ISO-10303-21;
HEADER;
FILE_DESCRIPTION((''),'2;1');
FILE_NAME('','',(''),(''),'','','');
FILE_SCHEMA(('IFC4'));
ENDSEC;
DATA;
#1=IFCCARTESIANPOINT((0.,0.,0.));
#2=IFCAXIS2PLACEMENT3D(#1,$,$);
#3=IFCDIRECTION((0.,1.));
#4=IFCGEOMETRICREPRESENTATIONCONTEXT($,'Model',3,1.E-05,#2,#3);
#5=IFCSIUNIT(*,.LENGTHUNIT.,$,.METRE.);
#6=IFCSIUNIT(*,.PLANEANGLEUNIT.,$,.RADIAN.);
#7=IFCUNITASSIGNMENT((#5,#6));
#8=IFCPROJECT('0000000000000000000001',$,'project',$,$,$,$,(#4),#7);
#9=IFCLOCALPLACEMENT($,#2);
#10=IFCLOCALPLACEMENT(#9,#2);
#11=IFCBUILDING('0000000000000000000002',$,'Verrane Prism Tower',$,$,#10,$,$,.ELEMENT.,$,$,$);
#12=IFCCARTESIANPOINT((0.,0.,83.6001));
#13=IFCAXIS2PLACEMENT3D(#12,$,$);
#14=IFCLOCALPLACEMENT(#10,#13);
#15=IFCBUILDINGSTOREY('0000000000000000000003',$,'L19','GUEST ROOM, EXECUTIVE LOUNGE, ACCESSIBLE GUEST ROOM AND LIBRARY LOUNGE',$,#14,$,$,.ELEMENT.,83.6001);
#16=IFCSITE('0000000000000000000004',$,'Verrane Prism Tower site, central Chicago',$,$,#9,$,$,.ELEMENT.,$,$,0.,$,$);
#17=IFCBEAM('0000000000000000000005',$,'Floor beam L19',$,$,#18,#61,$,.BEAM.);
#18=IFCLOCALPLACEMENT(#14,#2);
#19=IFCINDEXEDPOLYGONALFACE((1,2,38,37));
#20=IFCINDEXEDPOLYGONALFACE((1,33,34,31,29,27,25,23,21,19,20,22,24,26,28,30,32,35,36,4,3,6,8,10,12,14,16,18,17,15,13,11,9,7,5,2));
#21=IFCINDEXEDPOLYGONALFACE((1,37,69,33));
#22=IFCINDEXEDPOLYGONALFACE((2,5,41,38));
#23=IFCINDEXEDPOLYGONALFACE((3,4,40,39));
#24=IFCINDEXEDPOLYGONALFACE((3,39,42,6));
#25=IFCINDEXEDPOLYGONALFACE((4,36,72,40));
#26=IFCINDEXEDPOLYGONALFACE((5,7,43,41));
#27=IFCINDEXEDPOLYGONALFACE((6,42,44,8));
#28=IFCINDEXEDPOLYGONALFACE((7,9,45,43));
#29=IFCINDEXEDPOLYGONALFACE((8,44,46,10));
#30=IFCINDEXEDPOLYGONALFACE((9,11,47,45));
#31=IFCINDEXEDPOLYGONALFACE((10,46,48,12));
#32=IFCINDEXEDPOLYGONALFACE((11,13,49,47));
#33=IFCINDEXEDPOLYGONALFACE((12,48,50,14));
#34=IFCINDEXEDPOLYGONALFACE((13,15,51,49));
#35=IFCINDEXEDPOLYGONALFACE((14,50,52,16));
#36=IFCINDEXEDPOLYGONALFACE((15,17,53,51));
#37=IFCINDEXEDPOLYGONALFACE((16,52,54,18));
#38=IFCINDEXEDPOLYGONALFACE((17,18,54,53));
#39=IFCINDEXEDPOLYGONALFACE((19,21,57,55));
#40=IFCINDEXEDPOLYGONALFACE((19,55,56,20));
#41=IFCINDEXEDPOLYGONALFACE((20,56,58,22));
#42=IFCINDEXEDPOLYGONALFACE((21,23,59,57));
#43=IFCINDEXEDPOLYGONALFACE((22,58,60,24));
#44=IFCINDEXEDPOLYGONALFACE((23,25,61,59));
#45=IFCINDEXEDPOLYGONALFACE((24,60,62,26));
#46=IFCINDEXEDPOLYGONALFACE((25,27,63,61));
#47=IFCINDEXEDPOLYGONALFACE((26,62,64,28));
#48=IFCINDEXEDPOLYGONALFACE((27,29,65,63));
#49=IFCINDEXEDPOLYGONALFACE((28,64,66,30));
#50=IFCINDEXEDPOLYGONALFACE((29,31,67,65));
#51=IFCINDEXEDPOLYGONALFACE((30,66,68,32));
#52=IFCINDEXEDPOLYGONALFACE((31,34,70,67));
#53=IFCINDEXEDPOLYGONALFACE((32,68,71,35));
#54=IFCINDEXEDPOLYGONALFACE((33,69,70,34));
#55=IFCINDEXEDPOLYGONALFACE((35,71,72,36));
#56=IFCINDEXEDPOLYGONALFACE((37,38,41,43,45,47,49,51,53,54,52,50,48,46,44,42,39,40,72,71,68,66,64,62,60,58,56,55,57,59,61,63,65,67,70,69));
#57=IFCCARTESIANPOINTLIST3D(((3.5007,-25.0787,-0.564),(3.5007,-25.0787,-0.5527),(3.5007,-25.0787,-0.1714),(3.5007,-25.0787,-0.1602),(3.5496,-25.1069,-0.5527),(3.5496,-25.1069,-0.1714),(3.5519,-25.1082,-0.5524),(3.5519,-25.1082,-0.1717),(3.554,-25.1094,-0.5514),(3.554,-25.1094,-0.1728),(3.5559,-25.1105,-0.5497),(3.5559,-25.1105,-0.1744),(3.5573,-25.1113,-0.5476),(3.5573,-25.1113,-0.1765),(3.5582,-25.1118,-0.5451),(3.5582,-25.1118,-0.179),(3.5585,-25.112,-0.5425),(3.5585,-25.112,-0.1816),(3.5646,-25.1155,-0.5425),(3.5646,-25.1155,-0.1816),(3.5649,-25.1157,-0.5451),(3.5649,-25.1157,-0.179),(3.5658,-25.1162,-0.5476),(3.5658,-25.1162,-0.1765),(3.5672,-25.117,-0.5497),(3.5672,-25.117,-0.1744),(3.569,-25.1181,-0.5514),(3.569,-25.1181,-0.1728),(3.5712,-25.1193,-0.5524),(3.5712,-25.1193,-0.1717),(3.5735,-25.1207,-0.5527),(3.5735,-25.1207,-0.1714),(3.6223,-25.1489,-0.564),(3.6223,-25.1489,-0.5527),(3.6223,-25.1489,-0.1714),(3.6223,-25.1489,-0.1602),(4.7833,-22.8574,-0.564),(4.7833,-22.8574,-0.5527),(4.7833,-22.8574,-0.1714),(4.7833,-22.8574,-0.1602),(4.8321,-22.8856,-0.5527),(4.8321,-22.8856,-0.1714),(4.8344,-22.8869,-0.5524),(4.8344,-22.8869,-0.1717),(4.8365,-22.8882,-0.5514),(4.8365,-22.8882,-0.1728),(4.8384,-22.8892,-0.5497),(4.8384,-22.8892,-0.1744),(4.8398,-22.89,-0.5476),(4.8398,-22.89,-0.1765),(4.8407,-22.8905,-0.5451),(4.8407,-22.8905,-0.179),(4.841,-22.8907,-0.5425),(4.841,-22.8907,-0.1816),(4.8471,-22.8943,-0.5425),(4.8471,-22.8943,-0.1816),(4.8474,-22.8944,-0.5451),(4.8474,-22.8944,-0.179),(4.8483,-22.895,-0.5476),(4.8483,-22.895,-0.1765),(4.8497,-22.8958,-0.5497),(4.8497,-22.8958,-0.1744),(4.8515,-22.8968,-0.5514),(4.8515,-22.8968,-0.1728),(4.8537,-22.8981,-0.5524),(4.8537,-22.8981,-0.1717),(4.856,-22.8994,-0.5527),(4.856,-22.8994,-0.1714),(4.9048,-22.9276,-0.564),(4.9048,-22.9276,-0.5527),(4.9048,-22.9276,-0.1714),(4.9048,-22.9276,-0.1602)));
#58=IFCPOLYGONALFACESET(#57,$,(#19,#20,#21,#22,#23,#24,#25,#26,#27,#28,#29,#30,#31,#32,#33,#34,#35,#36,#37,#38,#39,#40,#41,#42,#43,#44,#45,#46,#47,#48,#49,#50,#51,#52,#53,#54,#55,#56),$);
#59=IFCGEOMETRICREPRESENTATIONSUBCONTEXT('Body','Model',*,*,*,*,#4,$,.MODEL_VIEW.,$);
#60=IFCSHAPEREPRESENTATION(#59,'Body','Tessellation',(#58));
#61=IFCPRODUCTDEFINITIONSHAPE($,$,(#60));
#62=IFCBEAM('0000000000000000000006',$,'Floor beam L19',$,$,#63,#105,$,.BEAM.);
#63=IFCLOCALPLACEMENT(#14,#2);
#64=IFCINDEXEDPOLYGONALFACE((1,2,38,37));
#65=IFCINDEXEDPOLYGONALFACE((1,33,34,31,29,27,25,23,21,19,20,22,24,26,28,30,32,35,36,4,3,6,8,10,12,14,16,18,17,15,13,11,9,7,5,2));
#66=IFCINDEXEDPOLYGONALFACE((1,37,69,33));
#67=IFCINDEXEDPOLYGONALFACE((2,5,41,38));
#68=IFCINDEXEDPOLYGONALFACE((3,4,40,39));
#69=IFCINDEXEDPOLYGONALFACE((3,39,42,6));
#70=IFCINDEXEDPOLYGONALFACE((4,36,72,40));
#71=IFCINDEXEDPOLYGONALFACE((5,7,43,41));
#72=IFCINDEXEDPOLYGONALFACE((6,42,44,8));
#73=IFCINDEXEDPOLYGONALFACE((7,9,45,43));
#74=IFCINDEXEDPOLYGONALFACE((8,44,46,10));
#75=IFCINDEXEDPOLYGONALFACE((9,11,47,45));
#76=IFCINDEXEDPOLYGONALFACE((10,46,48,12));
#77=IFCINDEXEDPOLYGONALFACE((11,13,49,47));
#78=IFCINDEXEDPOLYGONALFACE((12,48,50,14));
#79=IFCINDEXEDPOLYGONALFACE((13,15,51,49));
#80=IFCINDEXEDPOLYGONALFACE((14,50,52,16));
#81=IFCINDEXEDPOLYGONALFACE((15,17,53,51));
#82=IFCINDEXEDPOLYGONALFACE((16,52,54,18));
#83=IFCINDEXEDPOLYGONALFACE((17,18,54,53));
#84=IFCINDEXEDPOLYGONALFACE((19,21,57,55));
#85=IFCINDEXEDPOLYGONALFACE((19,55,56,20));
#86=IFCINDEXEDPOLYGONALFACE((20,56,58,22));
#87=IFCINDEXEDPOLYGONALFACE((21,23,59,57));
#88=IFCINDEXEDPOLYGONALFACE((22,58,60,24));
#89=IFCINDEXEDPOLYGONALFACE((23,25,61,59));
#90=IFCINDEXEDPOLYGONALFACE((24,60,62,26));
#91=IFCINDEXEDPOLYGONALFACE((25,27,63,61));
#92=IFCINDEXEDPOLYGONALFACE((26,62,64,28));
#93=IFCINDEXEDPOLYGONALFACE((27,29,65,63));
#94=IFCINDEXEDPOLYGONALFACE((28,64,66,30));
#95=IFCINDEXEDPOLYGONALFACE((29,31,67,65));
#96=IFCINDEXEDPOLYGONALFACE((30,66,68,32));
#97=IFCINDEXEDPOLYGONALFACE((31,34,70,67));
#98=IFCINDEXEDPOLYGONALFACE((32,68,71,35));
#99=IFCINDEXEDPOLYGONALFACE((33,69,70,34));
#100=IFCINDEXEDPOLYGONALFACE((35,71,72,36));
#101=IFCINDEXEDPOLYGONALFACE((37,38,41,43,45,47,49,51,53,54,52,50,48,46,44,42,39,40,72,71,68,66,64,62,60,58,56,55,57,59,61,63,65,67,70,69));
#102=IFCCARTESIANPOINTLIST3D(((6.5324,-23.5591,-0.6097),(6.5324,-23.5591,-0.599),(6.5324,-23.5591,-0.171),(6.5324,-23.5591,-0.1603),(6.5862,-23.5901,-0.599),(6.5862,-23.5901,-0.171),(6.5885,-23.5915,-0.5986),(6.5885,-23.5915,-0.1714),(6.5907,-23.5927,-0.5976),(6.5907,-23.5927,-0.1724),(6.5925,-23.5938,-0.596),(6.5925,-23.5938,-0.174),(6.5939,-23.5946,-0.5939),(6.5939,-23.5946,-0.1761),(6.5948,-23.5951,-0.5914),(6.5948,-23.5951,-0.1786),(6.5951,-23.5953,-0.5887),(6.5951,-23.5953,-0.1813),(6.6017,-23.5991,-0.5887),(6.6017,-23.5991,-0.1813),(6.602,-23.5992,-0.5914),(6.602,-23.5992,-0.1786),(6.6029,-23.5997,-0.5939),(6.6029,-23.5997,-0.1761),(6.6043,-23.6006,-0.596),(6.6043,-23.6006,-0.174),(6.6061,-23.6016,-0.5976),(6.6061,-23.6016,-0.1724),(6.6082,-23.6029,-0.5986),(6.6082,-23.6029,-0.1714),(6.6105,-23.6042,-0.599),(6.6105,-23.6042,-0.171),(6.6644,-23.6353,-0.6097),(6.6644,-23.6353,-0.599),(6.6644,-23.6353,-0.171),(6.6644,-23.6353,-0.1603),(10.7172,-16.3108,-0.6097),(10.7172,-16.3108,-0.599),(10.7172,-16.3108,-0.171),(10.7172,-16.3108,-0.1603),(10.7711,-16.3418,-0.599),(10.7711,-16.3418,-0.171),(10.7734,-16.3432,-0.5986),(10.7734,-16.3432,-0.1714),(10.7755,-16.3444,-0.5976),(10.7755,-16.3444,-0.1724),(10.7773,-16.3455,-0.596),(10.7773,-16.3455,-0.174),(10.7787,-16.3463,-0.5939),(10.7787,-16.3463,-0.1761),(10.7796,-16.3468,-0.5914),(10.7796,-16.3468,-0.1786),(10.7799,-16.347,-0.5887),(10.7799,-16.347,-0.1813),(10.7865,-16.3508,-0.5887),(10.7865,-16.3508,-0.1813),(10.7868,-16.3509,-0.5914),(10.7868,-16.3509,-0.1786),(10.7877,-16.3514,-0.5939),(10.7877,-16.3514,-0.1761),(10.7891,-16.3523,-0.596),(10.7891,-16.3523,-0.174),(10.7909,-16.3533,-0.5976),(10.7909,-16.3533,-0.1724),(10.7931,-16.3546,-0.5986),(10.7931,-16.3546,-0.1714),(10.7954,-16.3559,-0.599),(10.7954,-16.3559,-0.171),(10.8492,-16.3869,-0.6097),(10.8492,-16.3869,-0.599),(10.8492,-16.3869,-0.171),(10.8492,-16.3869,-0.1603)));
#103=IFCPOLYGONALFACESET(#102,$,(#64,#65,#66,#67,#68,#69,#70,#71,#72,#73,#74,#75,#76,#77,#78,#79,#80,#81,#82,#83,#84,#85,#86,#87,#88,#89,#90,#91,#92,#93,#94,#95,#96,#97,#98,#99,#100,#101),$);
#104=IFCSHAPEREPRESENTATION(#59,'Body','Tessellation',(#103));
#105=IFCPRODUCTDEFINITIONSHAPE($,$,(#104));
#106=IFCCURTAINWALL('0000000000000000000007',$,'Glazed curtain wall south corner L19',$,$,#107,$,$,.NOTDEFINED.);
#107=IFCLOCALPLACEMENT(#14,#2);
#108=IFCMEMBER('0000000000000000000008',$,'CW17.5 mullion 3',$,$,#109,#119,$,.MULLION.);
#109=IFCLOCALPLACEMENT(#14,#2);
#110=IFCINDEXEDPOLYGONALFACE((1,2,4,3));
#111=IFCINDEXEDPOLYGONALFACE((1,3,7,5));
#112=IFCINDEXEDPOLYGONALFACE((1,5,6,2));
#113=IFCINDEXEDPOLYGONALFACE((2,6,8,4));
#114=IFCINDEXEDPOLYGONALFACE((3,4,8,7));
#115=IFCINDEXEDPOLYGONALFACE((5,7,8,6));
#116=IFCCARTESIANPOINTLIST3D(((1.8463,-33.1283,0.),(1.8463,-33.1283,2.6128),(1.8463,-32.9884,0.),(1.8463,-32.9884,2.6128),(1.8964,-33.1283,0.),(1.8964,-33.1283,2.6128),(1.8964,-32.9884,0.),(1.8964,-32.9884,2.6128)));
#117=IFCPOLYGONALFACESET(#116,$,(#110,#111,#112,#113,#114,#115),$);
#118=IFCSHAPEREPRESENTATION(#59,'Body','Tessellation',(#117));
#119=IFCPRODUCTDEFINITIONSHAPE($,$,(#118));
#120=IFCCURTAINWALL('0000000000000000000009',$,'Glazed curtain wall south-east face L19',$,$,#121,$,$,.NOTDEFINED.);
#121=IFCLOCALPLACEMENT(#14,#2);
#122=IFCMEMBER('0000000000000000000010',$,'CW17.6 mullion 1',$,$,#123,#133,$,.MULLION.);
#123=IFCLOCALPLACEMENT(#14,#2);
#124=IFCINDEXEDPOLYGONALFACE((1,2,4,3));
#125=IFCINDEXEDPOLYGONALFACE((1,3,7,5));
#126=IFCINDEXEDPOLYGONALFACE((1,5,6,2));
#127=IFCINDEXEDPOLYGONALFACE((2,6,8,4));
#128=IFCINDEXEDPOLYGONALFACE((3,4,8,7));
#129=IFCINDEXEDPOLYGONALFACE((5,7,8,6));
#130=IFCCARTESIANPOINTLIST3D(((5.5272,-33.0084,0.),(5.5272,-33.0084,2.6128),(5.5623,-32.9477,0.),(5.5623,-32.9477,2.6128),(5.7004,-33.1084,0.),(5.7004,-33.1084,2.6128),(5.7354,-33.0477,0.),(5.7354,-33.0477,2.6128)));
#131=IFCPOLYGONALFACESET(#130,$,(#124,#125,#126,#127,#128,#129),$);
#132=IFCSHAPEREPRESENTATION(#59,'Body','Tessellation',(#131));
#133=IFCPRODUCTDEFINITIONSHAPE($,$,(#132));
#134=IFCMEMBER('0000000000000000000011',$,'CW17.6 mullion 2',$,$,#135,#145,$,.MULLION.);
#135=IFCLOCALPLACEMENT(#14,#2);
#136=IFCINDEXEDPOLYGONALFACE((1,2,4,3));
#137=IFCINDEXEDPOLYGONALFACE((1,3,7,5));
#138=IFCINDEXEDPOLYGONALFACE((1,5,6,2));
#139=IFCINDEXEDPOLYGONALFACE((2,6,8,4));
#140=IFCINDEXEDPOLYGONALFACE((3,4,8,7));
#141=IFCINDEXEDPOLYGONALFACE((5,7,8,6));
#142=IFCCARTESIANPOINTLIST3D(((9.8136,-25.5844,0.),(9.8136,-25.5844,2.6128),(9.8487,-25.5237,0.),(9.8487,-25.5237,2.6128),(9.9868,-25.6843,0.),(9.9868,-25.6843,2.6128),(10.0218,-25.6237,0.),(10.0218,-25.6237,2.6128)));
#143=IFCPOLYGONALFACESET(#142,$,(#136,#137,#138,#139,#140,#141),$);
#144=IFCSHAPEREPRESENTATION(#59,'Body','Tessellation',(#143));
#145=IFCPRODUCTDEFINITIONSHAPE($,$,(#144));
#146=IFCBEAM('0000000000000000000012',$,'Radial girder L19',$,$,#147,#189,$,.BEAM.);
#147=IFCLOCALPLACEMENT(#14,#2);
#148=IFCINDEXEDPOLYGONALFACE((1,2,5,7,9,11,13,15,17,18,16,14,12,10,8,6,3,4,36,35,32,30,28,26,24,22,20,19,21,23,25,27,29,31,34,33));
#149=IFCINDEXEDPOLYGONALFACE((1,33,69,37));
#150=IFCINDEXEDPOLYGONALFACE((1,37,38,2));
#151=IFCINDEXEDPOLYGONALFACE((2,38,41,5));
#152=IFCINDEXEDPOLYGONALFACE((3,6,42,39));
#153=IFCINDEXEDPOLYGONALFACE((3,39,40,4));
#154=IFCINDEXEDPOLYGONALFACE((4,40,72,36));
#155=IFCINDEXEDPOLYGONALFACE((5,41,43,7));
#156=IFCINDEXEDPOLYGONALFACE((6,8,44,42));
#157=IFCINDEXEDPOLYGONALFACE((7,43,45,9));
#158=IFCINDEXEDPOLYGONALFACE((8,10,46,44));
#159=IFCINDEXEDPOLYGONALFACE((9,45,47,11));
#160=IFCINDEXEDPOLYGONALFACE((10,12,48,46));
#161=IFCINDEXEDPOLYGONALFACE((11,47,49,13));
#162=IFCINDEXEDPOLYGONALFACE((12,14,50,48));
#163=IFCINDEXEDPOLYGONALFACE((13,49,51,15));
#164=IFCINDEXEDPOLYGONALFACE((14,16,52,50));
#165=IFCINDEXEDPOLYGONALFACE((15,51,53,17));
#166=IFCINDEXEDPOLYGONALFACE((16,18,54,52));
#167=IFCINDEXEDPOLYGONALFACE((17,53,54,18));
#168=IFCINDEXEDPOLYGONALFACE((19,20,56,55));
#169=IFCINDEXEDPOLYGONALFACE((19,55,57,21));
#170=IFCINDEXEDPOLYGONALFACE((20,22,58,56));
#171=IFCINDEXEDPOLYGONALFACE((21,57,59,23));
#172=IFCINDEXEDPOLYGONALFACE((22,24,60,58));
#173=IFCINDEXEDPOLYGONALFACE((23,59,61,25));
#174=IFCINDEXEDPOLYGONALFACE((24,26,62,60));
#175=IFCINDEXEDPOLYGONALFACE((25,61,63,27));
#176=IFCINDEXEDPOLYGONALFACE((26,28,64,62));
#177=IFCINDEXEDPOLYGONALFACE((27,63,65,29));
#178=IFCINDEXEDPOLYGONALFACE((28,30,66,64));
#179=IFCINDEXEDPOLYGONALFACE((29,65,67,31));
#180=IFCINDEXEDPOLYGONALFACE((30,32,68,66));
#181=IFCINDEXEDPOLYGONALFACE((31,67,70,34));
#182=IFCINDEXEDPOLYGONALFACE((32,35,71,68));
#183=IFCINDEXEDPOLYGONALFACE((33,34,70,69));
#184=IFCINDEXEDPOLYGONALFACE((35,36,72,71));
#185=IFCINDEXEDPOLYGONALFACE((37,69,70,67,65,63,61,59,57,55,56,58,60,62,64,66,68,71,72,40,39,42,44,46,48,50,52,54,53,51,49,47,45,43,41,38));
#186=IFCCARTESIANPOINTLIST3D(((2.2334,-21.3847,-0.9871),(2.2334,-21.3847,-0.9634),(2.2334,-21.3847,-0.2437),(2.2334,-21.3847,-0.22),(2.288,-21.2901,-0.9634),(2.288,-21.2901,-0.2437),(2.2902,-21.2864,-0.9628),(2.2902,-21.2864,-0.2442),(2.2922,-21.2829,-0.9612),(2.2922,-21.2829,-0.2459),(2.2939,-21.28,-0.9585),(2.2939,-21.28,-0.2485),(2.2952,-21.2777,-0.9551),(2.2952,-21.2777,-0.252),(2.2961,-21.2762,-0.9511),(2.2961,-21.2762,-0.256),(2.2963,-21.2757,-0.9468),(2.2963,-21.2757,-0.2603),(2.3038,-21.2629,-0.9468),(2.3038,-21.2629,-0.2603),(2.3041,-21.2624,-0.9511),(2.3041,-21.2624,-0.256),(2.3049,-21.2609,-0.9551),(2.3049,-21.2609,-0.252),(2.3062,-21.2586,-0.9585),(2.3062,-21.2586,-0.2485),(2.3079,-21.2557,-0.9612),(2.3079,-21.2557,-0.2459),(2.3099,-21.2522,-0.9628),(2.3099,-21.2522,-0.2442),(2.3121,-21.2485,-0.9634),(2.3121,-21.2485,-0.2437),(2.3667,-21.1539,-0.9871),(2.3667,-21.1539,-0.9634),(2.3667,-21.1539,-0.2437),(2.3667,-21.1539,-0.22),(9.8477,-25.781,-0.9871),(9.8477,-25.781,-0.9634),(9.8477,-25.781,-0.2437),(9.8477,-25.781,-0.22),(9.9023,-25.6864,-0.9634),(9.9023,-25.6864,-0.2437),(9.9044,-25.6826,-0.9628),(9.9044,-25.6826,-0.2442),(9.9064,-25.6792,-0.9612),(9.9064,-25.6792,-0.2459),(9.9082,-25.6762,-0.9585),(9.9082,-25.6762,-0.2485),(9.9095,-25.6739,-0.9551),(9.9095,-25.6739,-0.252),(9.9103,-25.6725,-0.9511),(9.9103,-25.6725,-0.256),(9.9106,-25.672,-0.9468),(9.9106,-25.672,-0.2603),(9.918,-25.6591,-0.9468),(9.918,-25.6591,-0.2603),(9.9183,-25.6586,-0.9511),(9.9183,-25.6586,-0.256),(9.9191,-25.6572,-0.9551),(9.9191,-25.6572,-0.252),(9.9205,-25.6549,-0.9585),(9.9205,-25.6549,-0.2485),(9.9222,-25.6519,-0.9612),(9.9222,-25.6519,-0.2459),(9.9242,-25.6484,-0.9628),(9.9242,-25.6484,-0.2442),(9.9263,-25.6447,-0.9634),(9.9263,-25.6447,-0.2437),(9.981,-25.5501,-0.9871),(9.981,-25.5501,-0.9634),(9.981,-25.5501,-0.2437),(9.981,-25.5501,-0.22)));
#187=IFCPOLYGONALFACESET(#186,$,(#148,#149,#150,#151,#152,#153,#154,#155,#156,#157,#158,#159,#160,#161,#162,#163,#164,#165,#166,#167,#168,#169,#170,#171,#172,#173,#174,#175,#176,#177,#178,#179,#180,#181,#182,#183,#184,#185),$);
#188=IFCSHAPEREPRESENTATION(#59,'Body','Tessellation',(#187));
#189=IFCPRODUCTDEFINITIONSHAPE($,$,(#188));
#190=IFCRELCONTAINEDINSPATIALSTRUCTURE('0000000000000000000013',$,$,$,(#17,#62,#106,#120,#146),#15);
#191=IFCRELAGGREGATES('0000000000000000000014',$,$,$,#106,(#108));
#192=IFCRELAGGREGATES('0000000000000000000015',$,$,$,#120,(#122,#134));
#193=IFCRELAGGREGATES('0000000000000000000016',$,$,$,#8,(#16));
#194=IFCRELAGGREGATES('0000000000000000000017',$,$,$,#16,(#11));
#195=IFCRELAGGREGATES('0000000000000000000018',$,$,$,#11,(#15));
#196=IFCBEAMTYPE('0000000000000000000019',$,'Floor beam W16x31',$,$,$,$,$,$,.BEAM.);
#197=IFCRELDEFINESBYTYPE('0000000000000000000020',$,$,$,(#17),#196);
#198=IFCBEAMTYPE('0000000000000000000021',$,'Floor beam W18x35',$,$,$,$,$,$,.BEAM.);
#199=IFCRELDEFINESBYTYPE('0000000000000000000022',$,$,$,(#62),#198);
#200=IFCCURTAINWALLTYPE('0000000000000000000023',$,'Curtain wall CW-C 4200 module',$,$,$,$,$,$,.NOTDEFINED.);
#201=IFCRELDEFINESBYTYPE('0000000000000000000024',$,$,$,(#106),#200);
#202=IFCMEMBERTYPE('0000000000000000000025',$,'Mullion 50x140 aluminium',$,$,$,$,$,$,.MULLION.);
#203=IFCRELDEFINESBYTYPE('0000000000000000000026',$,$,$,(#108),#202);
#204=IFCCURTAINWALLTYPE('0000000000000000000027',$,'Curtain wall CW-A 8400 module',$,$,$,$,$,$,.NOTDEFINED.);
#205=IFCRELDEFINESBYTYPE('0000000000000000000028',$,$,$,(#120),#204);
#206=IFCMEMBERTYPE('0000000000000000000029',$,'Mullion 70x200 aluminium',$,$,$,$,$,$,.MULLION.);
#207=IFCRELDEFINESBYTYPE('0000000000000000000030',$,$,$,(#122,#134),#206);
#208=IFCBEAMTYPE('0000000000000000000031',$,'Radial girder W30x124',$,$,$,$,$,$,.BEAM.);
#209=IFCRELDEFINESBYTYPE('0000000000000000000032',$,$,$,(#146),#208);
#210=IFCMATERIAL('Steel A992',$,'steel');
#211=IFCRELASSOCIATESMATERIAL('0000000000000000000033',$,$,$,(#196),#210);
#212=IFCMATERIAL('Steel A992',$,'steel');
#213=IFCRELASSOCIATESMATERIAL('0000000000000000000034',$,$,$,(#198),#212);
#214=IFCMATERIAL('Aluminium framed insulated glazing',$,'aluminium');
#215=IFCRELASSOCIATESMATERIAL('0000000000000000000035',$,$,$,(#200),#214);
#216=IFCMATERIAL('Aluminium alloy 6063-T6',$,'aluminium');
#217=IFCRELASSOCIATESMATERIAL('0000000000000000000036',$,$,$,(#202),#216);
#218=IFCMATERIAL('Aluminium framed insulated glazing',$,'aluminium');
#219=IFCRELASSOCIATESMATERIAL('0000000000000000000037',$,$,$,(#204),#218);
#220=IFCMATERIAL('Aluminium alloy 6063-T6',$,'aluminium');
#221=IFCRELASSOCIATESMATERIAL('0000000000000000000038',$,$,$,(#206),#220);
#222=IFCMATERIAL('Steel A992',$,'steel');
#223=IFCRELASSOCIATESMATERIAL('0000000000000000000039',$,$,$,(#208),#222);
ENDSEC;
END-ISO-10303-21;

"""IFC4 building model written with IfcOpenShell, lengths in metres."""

from ifc_helpers import new_model, si_unit, direction, frame, origin, origin_2d, place, context, subcontext, project, spatial, rectangle, i_section, extrude, material, material_profile, profile_set, type_object, element, aggregate, save


model = new_model("IFC4")

# Units and contexts
model_context = context("Model", 3, precision=1e-05, world=origin(), true_north=direction((0.0, 1.0)))
body_context = subcontext(model_context, "Body", "Model", "MODEL_VIEW")
ifc_project = project(units=[si_unit("LENGTHUNIT", "METRE"), si_unit("PLANEANGLEUNIT", "RADIAN")], contexts=[model_context])

# Site, building, storey
site_placement = place(None, origin())
site = spatial("IfcSite", under=ifc_project, at=site_placement, Name="Verrane Prism Tower site, central Chicago", CompositionType="ELEMENT", RefElevation=0.0)
building_placement = place(site_placement, origin())
building = spatial("IfcBuilding", under=site, at=building_placement, Name="Verrane Prism Tower", CompositionType="ELEMENT")
storey_placement = place(building_placement, frame((0.0, 0.0, 83.6001)))
storey = spatial("IfcBuildingStorey", under=building, at=storey_placement, Name="L19", Description="GUEST ROOM, EXECUTIVE LOUNGE, ACCESSIBLE GUEST ROOM AND LIBRARY LOUNGE", CompositionType="ELEMENT", Elevation=83.6001)

# Beams
ifc_material_1 = material(Name="Steel A992", Category="steel")
ifc_material_profile_1 = material_profile(ifc_material_1, i_section(OverallWidth=0.1404, OverallDepth=0.4038, WebThickness=0.0071, FlangeThickness=0.0112, FilletRadius=0.0103, at=origin_2d()), Name="W16x31")
ifc_profile_set_1 = profile_set([ifc_material_profile_1], Name="Steel A992")
beam_type_1 = type_object("IfcBeamType", Name="Floor beam W16x31", PredefinedType="BEAM", material=ifc_profile_set_1)
beam_1_placement = place(storey_placement, frame((3.5615, -25.1138, -0.3621), z_axis=(0.500019, 0.866014, 0.0), x_axis=(-0.866014, 0.500019, 0.0)))
element("IfcBeam", 1, at=beam_1_placement, inside=storey, type_object=beam_type_1, Name="Floor beam L19", PredefinedType="BEAM", context=body_context, shape_type="SweptSolid", body=[
    extrude(i_section(OverallWidth=0.1404, OverallDepth=0.4038, WebThickness=0.0071, FlangeThickness=0.0112, FilletRadius=0.0103, at=origin_2d()), origin(), (0.0, 0.0, 1.0), 2.5649),
])
ifc_material_2 = material(Name="Steel A992", Category="steel")
ifc_material_profile_2 = material_profile(ifc_material_2, i_section(OverallWidth=0.1523, OverallDepth=0.4495, WebThickness=0.0076, FlangeThickness=0.0107, FilletRadius=0.0103, at=origin_2d()), Name="W18x35")
ifc_profile_set_2 = profile_set([ifc_material_profile_2], Name="Steel A992")
beam_type_2 = type_object("IfcBeamType", Name="Floor beam W18x35", PredefinedType="BEAM", material=ifc_profile_set_2)
beam_2_placement = place(storey_placement, frame((6.5984, -23.5972, -0.385), z_axis=(0.500001, 0.866025, 0.0), x_axis=(-0.866025, 0.500001, 0.0)))
element("IfcBeam", 2, at=beam_2_placement, inside=storey, type_object=beam_type_2, Name="Floor beam L19", PredefinedType="BEAM", context=body_context, shape_type="SweptSolid", body=[
    extrude(i_section(OverallWidth=0.1523, OverallDepth=0.4495, WebThickness=0.0076, FlangeThickness=0.0107, FilletRadius=0.0103, at=origin_2d()), origin(), (0.0, 0.0, 1.0), 8.3696),
])

# Curtain wall, member
ifc_material_3 = material(Name="Aluminium framed insulated glazing", Category="aluminium")
curtain_wall_type_1 = type_object("IfcCurtainWallType", Name="Curtain wall CW-C 4200 module", PredefinedType="NOTDEFINED", material=ifc_material_3)
curtain_wall_1_placement = place(storey_placement, origin())
curtain_wall_1 = element("IfcCurtainWall", 3, at=curtain_wall_1_placement, inside=storey, type_object=curtain_wall_type_1, Name="Glazed curtain wall south corner L19", PredefinedType="NOTDEFINED")
ifc_material_4 = material(Name="Aluminium alloy 6063-T6", Category="aluminium")
ifc_material_profile_3 = material_profile(ifc_material_4, rectangle(XDim=0.1399, YDim=0.05, at=origin_2d()), Name="Mullion 50x140 aluminium")
ifc_profile_set_3 = profile_set([ifc_material_profile_3], Name="Aluminium alloy 6063-T6")
member_type_1 = type_object("IfcMemberType", Name="Mullion 50x140 aluminium", PredefinedType="MULLION", material=ifc_profile_set_3)
member_1_placement = place(storey_placement, frame((1.8713, -33.0583, 0.0), z_axis=(0.0, 0.0, 1.0), x_axis=(0.0, 1.0, 0.0)))
member_1 = element("IfcMember", 4, at=member_1_placement, type_object=member_type_1, Name="CW17.5 mullion 3", PredefinedType="MULLION", context=body_context, shape_type="SweptSolid", body=[
    extrude(rectangle(XDim=0.1399, YDim=0.05, at=origin_2d()), origin(), (0.0, 0.0, 1.0), 2.6128),
])

# Curtain wall, members
ifc_material_5 = material(Name="Aluminium framed insulated glazing", Category="aluminium")
curtain_wall_type_2 = type_object("IfcCurtainWallType", Name="Curtain wall CW-A 8400 module", PredefinedType="NOTDEFINED", material=ifc_material_5)
curtain_wall_2_placement = place(storey_placement, origin())
curtain_wall_2 = element("IfcCurtainWall", 5, at=curtain_wall_2_placement, inside=storey, type_object=curtain_wall_type_2, Name="Glazed curtain wall south-east face L19", PredefinedType="NOTDEFINED")
ifc_material_6 = material(Name="Aluminium alloy 6063-T6", Category="aluminium")
ifc_material_profile_4 = material_profile(ifc_material_6, rectangle(XDim=0.2, YDim=0.0701, at=origin_2d()), Name="Mullion 70x200 aluminium")
ifc_profile_set_4 = profile_set([ifc_material_profile_4], Name="Aluminium alloy 6063-T6")
member_type_2 = type_object("IfcMemberType", Name="Mullion 70x200 aluminium", PredefinedType="MULLION", material=ifc_profile_set_4)
member_2_placement = place(storey_placement, frame((5.6313, -33.0281, 0.0), z_axis=(0.0, 0.0, 1.0), x_axis=(-0.866026, 0.499999, 0.0)))
member_2 = element("IfcMember", 6, at=member_2_placement, type_object=member_type_2, Name="CW17.6 mullion 1", PredefinedType="MULLION", context=body_context, shape_type="SweptSolid", body=[
    extrude(rectangle(XDim=0.2, YDim=0.0701, at=origin_2d()), origin(), (0.0, 0.0, 1.0), 2.6128),
])
member_3_placement = place(storey_placement, frame((9.9177, -25.604, 0.0), z_axis=(0.0, 0.0, 1.0), x_axis=(-0.866026, 0.499999, 0.0)))
member_3 = element("IfcMember", 7, at=member_3_placement, type_object=member_type_2, Name="CW17.6 mullion 2", PredefinedType="MULLION", context=body_context, shape_type="SweptSolid", body=[
    extrude(rectangle(XDim=0.2, YDim=0.0701, at=origin_2d()), origin(), (0.0, 0.0, 1.0), 2.6128),
])

# Beam
ifc_material_7 = material(Name="Steel A992", Category="steel")
ifc_material_profile_5 = material_profile(ifc_material_7, i_section(OverallWidth=0.2666, OverallDepth=0.7671, WebThickness=0.0149, FlangeThickness=0.0237, FilletRadius=0.0166, at=origin_2d()), Name="W30x124")
ifc_profile_set_5 = profile_set([ifc_material_profile_5], Name="Steel A992")
beam_type_3 = type_object("IfcBeamType", Name="Radial girder W30x124", PredefinedType="BEAM", material=ifc_profile_set_5)
beam_3_placement = place(storey_placement, frame((9.9143, -25.6655, -0.6035), z_axis=(-0.866018, 0.500012, 0.0), x_axis=(-0.500012, -0.866018, 0.0)))
element("IfcBeam", 8, at=beam_3_placement, inside=storey, type_object=beam_type_3, Name="Radial girder L19", PredefinedType="BEAM", context=body_context, shape_type="SweptSolid", body=[
    extrude(i_section(OverallWidth=0.2666, OverallDepth=0.7671, WebThickness=0.0149, FlangeThickness=0.0237, FilletRadius=0.0166, at=origin_2d()), origin(), (0.0, 0.0, 1.0), 8.7922),
])

aggregate(curtain_wall_1, [member_1])
aggregate(curtain_wall_2, [member_2, member_3])

save(model, "model.ifc")
